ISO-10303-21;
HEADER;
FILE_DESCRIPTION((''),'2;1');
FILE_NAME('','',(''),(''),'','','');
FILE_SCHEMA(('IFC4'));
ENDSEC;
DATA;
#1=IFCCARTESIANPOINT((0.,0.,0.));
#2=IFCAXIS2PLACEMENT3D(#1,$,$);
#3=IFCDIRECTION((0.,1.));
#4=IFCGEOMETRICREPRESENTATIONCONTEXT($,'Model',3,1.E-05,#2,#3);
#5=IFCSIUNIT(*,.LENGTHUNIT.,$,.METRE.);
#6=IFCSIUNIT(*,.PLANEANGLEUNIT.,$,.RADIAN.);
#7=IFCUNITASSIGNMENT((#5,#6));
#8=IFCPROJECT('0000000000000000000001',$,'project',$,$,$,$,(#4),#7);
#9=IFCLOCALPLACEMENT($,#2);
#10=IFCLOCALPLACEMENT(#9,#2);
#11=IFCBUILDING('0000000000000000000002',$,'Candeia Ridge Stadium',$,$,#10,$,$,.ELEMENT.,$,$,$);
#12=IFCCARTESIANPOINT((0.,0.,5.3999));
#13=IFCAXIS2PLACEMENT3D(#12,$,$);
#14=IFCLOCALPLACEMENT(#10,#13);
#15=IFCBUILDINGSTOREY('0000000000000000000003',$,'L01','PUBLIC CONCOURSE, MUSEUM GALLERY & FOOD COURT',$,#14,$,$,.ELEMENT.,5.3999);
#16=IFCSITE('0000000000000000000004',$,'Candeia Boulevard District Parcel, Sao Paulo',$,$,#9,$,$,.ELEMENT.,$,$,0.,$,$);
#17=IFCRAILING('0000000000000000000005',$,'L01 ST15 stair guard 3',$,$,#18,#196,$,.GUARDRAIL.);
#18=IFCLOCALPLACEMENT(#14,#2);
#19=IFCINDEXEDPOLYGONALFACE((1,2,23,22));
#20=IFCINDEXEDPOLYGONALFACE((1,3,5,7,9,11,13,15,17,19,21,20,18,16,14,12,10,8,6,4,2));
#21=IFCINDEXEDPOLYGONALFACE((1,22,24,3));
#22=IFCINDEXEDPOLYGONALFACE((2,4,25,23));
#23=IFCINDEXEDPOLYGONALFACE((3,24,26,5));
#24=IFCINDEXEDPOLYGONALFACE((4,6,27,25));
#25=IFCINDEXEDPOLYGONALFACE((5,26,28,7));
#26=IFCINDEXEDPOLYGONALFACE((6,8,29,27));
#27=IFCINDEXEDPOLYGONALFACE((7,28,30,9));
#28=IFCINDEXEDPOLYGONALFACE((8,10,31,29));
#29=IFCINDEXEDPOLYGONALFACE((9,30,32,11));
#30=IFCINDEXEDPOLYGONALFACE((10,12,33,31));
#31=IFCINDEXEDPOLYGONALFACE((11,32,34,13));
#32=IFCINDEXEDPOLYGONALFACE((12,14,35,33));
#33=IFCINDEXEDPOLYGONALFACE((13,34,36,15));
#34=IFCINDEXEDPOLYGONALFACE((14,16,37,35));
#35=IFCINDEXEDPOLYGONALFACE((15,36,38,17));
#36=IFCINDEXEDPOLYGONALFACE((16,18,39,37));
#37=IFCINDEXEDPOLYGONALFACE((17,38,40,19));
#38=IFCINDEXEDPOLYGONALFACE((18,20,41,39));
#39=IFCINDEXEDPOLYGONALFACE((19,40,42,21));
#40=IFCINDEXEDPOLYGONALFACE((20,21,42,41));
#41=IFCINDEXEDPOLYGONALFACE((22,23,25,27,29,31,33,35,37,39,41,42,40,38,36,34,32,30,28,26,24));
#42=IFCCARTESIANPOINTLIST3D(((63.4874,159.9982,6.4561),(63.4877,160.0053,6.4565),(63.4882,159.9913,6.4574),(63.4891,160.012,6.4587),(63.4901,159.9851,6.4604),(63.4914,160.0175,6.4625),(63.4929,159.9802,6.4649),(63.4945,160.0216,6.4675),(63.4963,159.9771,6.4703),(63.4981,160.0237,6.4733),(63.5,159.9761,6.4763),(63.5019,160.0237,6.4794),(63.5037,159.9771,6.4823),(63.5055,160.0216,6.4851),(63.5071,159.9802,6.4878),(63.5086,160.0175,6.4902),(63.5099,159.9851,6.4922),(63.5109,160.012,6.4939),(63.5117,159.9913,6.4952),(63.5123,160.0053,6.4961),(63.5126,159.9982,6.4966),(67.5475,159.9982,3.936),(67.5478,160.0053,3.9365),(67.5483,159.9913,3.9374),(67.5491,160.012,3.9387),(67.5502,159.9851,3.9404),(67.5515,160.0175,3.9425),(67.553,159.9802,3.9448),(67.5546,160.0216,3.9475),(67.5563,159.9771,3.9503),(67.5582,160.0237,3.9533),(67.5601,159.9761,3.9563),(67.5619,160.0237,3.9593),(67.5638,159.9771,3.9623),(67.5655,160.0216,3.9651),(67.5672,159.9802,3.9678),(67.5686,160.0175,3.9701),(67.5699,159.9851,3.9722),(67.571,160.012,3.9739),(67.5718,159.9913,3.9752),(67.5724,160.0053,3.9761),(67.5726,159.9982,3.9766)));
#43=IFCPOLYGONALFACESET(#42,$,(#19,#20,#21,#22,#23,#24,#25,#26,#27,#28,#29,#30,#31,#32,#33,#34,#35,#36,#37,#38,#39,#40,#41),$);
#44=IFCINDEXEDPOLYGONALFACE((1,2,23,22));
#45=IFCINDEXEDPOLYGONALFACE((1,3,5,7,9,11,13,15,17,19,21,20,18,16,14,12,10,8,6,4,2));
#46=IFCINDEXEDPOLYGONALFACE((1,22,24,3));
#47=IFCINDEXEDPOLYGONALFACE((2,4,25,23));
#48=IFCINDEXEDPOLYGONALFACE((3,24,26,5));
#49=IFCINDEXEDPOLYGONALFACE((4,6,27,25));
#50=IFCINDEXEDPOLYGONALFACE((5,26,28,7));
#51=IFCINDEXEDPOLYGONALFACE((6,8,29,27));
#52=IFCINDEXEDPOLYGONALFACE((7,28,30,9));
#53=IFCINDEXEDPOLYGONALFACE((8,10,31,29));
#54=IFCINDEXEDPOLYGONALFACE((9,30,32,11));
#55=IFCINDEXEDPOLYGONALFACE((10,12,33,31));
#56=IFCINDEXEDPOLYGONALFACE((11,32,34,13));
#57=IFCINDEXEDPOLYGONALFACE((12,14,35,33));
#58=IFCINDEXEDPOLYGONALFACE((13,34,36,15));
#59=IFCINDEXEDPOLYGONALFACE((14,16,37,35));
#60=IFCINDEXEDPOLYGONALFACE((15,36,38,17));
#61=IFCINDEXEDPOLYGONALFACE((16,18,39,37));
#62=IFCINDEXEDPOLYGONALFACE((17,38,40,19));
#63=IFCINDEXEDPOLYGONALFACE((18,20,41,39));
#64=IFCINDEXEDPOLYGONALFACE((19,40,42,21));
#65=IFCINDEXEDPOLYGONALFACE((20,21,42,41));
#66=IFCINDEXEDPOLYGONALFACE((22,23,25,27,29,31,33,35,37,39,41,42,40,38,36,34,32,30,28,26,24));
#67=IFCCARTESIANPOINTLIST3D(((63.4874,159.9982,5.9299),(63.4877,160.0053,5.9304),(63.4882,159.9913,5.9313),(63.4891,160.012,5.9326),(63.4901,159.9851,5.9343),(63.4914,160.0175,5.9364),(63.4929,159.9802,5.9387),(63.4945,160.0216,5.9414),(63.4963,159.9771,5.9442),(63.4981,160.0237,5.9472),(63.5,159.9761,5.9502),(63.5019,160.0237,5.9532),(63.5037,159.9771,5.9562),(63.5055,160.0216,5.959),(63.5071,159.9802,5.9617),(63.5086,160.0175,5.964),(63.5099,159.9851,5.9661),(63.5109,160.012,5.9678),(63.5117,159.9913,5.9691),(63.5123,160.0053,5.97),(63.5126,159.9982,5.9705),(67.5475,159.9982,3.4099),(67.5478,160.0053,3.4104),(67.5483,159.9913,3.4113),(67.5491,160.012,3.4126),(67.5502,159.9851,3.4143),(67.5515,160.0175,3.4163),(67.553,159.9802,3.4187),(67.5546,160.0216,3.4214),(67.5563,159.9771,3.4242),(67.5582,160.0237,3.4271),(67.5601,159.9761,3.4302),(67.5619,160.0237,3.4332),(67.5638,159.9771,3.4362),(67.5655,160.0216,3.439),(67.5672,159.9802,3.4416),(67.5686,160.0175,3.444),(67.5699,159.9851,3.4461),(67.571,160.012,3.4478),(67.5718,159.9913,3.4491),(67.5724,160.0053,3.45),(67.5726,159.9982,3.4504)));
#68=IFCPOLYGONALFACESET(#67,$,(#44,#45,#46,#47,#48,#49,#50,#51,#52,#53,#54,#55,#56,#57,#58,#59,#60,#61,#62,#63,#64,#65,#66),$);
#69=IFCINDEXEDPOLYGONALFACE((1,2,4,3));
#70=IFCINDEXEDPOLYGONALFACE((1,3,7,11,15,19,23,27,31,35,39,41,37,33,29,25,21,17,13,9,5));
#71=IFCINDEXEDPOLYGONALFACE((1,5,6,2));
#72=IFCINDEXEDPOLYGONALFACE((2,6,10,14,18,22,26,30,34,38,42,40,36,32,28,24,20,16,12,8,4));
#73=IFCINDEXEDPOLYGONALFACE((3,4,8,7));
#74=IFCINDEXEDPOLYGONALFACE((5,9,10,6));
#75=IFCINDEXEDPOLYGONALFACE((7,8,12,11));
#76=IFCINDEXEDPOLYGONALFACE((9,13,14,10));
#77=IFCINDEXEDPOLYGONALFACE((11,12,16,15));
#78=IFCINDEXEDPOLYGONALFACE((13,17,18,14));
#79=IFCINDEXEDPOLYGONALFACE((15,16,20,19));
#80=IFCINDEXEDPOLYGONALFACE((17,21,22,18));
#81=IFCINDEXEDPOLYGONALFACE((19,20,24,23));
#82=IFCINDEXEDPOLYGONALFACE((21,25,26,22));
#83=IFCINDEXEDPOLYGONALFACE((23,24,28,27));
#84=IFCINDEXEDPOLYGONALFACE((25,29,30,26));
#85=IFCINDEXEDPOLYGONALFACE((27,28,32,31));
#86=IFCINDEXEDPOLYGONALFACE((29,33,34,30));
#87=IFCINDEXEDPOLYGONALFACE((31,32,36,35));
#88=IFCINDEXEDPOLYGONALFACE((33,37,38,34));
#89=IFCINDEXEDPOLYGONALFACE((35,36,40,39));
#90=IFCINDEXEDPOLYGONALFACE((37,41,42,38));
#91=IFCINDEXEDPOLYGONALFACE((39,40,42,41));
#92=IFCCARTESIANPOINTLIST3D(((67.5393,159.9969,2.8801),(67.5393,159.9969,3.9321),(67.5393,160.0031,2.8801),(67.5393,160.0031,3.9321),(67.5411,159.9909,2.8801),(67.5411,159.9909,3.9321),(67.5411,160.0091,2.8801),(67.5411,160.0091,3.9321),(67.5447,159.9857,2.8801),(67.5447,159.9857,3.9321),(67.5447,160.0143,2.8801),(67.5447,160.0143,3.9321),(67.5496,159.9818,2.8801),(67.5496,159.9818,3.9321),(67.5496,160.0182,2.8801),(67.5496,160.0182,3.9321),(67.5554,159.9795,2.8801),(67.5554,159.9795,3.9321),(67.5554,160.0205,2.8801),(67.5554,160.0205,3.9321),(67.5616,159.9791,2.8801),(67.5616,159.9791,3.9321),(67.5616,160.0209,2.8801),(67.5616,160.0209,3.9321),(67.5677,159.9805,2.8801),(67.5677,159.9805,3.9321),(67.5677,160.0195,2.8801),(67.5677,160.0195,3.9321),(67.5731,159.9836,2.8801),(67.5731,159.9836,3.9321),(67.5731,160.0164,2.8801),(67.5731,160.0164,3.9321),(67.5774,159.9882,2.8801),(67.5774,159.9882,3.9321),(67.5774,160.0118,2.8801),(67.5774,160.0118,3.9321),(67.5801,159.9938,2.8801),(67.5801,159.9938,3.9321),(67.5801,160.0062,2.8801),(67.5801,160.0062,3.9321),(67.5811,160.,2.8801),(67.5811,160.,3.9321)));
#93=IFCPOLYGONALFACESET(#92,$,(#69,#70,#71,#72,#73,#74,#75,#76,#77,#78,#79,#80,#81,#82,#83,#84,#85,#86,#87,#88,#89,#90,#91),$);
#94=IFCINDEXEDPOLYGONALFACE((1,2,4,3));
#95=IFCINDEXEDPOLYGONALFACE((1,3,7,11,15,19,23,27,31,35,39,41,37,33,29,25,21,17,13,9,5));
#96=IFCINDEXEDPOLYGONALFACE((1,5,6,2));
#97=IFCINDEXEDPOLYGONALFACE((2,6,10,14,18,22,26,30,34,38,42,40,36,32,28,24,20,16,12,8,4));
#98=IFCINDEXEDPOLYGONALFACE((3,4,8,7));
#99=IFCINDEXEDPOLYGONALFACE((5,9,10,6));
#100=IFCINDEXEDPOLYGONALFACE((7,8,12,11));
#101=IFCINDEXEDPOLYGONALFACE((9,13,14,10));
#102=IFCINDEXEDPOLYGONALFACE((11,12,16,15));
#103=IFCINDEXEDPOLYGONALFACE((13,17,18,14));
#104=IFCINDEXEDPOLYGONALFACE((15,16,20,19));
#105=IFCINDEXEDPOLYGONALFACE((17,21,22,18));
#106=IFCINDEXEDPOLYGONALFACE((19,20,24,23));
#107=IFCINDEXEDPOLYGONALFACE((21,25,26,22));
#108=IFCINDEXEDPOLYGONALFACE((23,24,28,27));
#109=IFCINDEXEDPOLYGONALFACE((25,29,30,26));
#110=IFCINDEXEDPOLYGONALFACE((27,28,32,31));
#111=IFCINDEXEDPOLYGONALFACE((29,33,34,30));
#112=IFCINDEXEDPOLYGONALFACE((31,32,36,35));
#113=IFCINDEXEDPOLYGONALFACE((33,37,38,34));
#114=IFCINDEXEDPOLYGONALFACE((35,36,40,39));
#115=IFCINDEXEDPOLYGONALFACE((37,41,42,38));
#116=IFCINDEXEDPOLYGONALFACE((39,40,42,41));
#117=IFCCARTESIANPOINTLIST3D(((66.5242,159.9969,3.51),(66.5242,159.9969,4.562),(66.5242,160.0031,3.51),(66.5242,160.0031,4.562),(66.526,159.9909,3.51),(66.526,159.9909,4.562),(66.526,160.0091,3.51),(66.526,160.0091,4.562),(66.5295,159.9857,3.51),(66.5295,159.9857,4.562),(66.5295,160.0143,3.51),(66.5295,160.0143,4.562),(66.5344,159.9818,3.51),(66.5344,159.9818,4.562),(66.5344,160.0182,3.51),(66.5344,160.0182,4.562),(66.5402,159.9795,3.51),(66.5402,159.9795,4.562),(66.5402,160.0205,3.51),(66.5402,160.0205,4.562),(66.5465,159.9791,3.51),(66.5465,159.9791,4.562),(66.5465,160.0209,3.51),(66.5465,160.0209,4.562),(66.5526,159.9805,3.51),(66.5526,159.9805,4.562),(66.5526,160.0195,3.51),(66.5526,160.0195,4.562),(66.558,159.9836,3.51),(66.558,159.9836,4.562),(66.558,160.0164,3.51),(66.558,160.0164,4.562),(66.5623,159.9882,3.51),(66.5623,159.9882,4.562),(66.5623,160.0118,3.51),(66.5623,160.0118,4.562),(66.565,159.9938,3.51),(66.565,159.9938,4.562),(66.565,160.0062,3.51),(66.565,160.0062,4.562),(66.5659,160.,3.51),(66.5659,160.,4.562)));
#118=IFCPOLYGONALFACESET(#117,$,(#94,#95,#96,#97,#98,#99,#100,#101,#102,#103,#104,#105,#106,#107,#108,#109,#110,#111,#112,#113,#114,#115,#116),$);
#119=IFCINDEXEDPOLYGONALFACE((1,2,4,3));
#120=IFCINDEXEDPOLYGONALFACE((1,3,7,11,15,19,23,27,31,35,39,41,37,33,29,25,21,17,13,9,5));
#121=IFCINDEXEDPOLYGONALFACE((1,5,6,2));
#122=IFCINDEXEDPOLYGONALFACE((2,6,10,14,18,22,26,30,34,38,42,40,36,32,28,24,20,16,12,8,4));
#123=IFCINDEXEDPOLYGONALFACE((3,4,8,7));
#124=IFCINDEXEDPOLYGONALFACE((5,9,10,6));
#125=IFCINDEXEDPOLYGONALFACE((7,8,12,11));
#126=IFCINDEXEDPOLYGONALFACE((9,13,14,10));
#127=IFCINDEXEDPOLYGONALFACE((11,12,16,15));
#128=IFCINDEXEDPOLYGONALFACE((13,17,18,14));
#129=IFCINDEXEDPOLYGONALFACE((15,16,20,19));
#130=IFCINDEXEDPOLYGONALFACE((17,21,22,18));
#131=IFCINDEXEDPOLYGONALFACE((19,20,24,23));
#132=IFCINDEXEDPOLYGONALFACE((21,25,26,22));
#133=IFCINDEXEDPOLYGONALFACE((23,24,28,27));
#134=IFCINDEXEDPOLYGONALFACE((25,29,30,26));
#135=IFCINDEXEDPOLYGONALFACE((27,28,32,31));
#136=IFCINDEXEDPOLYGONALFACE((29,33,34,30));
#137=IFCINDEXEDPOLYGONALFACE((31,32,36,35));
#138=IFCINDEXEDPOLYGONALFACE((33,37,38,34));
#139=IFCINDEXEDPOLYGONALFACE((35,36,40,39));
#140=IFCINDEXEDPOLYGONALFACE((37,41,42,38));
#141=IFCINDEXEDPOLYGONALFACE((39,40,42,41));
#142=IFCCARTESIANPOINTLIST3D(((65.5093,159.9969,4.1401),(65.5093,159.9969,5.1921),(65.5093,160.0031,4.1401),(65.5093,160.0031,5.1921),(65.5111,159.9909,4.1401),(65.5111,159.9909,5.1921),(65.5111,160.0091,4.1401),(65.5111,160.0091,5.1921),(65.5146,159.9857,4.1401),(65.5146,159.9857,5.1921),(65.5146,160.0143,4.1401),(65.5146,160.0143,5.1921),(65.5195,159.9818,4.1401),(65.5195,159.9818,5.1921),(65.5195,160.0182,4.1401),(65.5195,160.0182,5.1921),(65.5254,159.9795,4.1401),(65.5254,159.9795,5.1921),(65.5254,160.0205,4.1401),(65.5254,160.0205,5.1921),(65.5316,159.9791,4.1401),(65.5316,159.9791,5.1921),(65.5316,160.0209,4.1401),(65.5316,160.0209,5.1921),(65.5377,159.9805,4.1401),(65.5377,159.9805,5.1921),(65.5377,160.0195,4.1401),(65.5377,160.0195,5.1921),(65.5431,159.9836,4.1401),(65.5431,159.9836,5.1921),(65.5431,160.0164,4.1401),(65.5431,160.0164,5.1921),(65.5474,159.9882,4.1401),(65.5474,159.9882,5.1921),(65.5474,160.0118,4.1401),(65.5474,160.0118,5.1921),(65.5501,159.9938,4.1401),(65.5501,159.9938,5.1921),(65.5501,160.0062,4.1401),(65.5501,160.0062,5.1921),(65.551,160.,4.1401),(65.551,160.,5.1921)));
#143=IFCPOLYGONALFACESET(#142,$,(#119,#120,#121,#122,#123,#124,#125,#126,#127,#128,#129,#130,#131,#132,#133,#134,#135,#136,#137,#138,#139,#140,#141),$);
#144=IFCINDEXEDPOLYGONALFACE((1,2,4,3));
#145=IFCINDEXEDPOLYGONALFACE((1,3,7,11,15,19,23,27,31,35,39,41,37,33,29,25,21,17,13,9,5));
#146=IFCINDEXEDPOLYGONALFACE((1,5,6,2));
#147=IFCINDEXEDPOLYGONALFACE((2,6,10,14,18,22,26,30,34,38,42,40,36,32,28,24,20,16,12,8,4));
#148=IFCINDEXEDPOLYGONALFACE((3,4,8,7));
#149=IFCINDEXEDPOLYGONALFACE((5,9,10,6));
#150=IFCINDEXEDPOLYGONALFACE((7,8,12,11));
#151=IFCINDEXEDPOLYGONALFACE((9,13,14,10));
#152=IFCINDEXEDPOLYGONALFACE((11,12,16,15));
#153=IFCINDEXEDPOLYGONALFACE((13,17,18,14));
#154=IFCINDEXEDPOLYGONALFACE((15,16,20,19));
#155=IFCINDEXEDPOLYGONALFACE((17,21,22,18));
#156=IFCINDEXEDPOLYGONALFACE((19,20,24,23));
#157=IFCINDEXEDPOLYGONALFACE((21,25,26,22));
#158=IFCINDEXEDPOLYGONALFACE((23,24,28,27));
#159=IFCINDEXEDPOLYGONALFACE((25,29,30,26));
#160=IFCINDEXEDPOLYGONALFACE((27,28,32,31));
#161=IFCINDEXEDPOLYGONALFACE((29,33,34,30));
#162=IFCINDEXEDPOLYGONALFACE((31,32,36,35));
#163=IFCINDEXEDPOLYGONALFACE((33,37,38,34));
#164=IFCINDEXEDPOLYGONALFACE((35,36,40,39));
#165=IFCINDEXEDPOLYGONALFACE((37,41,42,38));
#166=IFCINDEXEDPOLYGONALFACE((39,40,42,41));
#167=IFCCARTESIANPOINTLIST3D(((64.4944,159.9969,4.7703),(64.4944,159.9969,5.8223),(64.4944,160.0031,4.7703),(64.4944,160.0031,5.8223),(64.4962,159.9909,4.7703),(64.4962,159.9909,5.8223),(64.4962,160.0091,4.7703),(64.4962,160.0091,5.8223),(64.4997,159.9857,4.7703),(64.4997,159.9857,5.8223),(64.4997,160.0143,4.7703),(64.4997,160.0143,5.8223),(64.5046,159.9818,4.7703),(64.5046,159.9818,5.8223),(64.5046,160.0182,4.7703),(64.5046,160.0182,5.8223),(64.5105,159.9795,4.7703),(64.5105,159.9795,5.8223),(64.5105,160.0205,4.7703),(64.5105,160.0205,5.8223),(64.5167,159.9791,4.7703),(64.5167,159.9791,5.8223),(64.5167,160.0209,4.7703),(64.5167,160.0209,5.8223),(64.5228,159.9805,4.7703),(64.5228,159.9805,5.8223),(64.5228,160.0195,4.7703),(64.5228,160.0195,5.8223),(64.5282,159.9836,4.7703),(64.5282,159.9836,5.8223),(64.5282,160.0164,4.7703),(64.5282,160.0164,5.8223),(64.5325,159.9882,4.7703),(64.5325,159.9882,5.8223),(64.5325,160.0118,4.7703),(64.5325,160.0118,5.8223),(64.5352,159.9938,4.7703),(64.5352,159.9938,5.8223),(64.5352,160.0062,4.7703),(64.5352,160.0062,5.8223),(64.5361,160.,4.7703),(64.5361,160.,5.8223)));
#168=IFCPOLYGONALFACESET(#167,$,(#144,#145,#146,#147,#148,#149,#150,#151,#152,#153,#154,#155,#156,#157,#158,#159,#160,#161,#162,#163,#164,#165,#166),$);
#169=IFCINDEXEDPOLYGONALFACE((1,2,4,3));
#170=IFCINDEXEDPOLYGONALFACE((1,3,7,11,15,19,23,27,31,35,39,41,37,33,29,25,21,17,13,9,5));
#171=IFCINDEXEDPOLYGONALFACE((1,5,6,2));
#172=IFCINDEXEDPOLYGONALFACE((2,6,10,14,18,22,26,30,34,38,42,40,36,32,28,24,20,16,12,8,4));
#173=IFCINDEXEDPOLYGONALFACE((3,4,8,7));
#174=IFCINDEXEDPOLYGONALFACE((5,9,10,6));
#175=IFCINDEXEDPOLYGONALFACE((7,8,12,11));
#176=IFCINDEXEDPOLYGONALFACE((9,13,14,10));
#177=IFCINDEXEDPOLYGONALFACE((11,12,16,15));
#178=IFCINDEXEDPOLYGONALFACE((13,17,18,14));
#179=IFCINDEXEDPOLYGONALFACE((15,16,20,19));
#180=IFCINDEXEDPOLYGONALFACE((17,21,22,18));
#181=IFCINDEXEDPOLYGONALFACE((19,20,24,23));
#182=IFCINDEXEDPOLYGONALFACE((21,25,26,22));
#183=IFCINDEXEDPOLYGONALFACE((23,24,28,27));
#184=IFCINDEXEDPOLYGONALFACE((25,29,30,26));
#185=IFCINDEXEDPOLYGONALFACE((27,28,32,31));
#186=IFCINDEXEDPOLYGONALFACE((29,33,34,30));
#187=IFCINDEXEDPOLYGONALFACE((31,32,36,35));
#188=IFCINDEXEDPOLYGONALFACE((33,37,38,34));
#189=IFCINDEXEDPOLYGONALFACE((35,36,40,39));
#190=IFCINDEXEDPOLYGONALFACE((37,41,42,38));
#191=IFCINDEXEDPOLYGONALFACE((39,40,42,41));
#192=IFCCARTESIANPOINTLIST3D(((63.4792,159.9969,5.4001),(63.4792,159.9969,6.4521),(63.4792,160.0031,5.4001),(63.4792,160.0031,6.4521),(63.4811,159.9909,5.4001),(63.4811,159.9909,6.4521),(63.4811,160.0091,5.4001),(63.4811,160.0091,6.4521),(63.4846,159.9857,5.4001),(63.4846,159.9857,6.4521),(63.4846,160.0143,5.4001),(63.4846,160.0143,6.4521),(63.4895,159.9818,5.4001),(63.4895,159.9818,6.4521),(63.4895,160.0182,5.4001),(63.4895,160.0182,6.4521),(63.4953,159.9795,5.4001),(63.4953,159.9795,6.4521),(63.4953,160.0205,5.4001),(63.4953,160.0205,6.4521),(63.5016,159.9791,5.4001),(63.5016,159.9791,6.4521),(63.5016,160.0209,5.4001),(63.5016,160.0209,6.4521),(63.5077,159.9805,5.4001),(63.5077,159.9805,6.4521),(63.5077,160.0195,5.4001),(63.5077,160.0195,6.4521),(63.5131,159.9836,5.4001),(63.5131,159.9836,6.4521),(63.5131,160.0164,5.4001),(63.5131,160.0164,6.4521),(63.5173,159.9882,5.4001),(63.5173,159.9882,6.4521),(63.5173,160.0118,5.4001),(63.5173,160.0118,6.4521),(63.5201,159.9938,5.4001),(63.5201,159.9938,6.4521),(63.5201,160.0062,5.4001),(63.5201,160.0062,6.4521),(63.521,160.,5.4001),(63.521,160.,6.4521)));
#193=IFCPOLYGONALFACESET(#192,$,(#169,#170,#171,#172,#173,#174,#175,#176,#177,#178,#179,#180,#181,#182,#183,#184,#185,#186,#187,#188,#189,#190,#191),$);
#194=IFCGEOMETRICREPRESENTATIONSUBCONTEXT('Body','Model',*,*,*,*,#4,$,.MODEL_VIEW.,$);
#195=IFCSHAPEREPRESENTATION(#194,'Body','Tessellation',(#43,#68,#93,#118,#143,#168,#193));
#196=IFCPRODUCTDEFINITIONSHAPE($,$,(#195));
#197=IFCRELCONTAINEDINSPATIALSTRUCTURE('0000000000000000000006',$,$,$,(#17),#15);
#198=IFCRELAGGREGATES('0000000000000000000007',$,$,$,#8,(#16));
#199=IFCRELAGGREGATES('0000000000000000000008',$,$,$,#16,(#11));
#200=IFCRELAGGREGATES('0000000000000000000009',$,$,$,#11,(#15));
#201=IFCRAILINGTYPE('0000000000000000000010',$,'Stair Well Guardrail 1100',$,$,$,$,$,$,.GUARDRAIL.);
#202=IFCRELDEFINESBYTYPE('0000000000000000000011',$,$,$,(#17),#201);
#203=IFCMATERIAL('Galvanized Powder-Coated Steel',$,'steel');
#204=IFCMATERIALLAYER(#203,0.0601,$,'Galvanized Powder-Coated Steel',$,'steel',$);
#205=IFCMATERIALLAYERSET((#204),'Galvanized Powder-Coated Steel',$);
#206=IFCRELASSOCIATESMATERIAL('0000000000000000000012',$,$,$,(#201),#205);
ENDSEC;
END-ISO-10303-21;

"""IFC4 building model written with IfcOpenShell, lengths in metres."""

from ifc_helpers import new_model, si_unit, direction, frame, origin, origin_2d, place, context, subcontext, project, spatial, circle, extrude, material, layer, layer_set, type_object, element, save


model = new_model("IFC4")

# Units and contexts
model_context = context("Model", 3, precision=1e-05, world=origin(), true_north=direction((0.0, 1.0)))
body_context = subcontext(model_context, "Body", "Model", "MODEL_VIEW")
ifc_project = project(units=[si_unit("LENGTHUNIT", "METRE"), si_unit("PLANEANGLEUNIT", "RADIAN")], contexts=[model_context])

# Site, building, storey
site_placement = place(None, origin())
site = spatial("IfcSite", under=ifc_project, at=site_placement, Name="Candeia Boulevard District Parcel, Sao Paulo", CompositionType="ELEMENT", RefElevation=0.0)
building_placement = place(site_placement, origin())
building = spatial("IfcBuilding", under=site, at=building_placement, Name="Candeia Ridge Stadium", CompositionType="ELEMENT")
storey_placement = place(building_placement, frame((0.0, 0.0, 5.3999)))
storey = spatial("IfcBuildingStorey", under=building, at=storey_placement, Name="L01", Description="PUBLIC CONCOURSE, MUSEUM GALLERY & FOOD COURT", CompositionType="ELEMENT", Elevation=5.3999)

# Railing
ifc_material_1 = material(Name="Galvanized Powder-Coated Steel", Category="steel")
ifc_layer_1 = layer(ifc_material_1, 0.0601, Name="Galvanized Powder-Coated Steel", Category="steel")
ifc_layer_set_1 = layer_set([ifc_layer_1], Name="Galvanized Powder-Coated Steel")
railing_type_1 = type_object("IfcRailingType", Name="Stair Well Guardrail 1100", PredefinedType="GUARDRAIL", material=ifc_layer_set_1)
railing_1_placement = place(storey_placement, frame((67.5601, 160.0, 2.8801)))
element("IfcRailing", 1, at=railing_1_placement, inside=storey, type_object=railing_type_1, Name="L01 ST15 stair guard 3", PredefinedType="GUARDRAIL", context=body_context, shape_type="SweptSolid", body=[
    extrude(circle(Radius=0.0239, at=origin_2d()), frame((0.0, 0.0, 1.0762), z_axis=(-0.849642, 0.0, 0.52736), x_axis=(0.0, -1.0, 0.0)), (0.0, 0.0, 1.0), 4.7786),
    extrude(circle(Radius=0.0239, at=origin_2d()), frame((0.0, 0.0, 0.55), z_axis=(-0.849642, 0.0, 0.52736), x_axis=(0.0, -1.0, 0.0)), (0.0, 0.0, 1.0), 4.7786),
    extrude(circle(Radius=0.021, at=origin_2d()), origin(), (0.0, 0.0, 1.0), 1.052),
    extrude(circle(Radius=0.021, at=origin_2d()), frame((-1.0151, 0.0, 0.6299)), (0.0, 0.0, 1.0), 1.052),
    extrude(circle(Radius=0.021, at=origin_2d()), frame((-2.03, 0.0, 1.26)), (0.0, 0.0, 1.0), 1.052),
    extrude(circle(Radius=0.021, at=origin_2d()), frame((-3.0449, 0.0, 1.8901)), (0.0, 0.0, 1.0), 1.052),
    extrude(circle(Radius=0.021, at=origin_2d()), frame((-4.0601, 0.0, 2.52)), (0.0, 0.0, 1.0), 1.052),
])

save(model, "model.ifc")
